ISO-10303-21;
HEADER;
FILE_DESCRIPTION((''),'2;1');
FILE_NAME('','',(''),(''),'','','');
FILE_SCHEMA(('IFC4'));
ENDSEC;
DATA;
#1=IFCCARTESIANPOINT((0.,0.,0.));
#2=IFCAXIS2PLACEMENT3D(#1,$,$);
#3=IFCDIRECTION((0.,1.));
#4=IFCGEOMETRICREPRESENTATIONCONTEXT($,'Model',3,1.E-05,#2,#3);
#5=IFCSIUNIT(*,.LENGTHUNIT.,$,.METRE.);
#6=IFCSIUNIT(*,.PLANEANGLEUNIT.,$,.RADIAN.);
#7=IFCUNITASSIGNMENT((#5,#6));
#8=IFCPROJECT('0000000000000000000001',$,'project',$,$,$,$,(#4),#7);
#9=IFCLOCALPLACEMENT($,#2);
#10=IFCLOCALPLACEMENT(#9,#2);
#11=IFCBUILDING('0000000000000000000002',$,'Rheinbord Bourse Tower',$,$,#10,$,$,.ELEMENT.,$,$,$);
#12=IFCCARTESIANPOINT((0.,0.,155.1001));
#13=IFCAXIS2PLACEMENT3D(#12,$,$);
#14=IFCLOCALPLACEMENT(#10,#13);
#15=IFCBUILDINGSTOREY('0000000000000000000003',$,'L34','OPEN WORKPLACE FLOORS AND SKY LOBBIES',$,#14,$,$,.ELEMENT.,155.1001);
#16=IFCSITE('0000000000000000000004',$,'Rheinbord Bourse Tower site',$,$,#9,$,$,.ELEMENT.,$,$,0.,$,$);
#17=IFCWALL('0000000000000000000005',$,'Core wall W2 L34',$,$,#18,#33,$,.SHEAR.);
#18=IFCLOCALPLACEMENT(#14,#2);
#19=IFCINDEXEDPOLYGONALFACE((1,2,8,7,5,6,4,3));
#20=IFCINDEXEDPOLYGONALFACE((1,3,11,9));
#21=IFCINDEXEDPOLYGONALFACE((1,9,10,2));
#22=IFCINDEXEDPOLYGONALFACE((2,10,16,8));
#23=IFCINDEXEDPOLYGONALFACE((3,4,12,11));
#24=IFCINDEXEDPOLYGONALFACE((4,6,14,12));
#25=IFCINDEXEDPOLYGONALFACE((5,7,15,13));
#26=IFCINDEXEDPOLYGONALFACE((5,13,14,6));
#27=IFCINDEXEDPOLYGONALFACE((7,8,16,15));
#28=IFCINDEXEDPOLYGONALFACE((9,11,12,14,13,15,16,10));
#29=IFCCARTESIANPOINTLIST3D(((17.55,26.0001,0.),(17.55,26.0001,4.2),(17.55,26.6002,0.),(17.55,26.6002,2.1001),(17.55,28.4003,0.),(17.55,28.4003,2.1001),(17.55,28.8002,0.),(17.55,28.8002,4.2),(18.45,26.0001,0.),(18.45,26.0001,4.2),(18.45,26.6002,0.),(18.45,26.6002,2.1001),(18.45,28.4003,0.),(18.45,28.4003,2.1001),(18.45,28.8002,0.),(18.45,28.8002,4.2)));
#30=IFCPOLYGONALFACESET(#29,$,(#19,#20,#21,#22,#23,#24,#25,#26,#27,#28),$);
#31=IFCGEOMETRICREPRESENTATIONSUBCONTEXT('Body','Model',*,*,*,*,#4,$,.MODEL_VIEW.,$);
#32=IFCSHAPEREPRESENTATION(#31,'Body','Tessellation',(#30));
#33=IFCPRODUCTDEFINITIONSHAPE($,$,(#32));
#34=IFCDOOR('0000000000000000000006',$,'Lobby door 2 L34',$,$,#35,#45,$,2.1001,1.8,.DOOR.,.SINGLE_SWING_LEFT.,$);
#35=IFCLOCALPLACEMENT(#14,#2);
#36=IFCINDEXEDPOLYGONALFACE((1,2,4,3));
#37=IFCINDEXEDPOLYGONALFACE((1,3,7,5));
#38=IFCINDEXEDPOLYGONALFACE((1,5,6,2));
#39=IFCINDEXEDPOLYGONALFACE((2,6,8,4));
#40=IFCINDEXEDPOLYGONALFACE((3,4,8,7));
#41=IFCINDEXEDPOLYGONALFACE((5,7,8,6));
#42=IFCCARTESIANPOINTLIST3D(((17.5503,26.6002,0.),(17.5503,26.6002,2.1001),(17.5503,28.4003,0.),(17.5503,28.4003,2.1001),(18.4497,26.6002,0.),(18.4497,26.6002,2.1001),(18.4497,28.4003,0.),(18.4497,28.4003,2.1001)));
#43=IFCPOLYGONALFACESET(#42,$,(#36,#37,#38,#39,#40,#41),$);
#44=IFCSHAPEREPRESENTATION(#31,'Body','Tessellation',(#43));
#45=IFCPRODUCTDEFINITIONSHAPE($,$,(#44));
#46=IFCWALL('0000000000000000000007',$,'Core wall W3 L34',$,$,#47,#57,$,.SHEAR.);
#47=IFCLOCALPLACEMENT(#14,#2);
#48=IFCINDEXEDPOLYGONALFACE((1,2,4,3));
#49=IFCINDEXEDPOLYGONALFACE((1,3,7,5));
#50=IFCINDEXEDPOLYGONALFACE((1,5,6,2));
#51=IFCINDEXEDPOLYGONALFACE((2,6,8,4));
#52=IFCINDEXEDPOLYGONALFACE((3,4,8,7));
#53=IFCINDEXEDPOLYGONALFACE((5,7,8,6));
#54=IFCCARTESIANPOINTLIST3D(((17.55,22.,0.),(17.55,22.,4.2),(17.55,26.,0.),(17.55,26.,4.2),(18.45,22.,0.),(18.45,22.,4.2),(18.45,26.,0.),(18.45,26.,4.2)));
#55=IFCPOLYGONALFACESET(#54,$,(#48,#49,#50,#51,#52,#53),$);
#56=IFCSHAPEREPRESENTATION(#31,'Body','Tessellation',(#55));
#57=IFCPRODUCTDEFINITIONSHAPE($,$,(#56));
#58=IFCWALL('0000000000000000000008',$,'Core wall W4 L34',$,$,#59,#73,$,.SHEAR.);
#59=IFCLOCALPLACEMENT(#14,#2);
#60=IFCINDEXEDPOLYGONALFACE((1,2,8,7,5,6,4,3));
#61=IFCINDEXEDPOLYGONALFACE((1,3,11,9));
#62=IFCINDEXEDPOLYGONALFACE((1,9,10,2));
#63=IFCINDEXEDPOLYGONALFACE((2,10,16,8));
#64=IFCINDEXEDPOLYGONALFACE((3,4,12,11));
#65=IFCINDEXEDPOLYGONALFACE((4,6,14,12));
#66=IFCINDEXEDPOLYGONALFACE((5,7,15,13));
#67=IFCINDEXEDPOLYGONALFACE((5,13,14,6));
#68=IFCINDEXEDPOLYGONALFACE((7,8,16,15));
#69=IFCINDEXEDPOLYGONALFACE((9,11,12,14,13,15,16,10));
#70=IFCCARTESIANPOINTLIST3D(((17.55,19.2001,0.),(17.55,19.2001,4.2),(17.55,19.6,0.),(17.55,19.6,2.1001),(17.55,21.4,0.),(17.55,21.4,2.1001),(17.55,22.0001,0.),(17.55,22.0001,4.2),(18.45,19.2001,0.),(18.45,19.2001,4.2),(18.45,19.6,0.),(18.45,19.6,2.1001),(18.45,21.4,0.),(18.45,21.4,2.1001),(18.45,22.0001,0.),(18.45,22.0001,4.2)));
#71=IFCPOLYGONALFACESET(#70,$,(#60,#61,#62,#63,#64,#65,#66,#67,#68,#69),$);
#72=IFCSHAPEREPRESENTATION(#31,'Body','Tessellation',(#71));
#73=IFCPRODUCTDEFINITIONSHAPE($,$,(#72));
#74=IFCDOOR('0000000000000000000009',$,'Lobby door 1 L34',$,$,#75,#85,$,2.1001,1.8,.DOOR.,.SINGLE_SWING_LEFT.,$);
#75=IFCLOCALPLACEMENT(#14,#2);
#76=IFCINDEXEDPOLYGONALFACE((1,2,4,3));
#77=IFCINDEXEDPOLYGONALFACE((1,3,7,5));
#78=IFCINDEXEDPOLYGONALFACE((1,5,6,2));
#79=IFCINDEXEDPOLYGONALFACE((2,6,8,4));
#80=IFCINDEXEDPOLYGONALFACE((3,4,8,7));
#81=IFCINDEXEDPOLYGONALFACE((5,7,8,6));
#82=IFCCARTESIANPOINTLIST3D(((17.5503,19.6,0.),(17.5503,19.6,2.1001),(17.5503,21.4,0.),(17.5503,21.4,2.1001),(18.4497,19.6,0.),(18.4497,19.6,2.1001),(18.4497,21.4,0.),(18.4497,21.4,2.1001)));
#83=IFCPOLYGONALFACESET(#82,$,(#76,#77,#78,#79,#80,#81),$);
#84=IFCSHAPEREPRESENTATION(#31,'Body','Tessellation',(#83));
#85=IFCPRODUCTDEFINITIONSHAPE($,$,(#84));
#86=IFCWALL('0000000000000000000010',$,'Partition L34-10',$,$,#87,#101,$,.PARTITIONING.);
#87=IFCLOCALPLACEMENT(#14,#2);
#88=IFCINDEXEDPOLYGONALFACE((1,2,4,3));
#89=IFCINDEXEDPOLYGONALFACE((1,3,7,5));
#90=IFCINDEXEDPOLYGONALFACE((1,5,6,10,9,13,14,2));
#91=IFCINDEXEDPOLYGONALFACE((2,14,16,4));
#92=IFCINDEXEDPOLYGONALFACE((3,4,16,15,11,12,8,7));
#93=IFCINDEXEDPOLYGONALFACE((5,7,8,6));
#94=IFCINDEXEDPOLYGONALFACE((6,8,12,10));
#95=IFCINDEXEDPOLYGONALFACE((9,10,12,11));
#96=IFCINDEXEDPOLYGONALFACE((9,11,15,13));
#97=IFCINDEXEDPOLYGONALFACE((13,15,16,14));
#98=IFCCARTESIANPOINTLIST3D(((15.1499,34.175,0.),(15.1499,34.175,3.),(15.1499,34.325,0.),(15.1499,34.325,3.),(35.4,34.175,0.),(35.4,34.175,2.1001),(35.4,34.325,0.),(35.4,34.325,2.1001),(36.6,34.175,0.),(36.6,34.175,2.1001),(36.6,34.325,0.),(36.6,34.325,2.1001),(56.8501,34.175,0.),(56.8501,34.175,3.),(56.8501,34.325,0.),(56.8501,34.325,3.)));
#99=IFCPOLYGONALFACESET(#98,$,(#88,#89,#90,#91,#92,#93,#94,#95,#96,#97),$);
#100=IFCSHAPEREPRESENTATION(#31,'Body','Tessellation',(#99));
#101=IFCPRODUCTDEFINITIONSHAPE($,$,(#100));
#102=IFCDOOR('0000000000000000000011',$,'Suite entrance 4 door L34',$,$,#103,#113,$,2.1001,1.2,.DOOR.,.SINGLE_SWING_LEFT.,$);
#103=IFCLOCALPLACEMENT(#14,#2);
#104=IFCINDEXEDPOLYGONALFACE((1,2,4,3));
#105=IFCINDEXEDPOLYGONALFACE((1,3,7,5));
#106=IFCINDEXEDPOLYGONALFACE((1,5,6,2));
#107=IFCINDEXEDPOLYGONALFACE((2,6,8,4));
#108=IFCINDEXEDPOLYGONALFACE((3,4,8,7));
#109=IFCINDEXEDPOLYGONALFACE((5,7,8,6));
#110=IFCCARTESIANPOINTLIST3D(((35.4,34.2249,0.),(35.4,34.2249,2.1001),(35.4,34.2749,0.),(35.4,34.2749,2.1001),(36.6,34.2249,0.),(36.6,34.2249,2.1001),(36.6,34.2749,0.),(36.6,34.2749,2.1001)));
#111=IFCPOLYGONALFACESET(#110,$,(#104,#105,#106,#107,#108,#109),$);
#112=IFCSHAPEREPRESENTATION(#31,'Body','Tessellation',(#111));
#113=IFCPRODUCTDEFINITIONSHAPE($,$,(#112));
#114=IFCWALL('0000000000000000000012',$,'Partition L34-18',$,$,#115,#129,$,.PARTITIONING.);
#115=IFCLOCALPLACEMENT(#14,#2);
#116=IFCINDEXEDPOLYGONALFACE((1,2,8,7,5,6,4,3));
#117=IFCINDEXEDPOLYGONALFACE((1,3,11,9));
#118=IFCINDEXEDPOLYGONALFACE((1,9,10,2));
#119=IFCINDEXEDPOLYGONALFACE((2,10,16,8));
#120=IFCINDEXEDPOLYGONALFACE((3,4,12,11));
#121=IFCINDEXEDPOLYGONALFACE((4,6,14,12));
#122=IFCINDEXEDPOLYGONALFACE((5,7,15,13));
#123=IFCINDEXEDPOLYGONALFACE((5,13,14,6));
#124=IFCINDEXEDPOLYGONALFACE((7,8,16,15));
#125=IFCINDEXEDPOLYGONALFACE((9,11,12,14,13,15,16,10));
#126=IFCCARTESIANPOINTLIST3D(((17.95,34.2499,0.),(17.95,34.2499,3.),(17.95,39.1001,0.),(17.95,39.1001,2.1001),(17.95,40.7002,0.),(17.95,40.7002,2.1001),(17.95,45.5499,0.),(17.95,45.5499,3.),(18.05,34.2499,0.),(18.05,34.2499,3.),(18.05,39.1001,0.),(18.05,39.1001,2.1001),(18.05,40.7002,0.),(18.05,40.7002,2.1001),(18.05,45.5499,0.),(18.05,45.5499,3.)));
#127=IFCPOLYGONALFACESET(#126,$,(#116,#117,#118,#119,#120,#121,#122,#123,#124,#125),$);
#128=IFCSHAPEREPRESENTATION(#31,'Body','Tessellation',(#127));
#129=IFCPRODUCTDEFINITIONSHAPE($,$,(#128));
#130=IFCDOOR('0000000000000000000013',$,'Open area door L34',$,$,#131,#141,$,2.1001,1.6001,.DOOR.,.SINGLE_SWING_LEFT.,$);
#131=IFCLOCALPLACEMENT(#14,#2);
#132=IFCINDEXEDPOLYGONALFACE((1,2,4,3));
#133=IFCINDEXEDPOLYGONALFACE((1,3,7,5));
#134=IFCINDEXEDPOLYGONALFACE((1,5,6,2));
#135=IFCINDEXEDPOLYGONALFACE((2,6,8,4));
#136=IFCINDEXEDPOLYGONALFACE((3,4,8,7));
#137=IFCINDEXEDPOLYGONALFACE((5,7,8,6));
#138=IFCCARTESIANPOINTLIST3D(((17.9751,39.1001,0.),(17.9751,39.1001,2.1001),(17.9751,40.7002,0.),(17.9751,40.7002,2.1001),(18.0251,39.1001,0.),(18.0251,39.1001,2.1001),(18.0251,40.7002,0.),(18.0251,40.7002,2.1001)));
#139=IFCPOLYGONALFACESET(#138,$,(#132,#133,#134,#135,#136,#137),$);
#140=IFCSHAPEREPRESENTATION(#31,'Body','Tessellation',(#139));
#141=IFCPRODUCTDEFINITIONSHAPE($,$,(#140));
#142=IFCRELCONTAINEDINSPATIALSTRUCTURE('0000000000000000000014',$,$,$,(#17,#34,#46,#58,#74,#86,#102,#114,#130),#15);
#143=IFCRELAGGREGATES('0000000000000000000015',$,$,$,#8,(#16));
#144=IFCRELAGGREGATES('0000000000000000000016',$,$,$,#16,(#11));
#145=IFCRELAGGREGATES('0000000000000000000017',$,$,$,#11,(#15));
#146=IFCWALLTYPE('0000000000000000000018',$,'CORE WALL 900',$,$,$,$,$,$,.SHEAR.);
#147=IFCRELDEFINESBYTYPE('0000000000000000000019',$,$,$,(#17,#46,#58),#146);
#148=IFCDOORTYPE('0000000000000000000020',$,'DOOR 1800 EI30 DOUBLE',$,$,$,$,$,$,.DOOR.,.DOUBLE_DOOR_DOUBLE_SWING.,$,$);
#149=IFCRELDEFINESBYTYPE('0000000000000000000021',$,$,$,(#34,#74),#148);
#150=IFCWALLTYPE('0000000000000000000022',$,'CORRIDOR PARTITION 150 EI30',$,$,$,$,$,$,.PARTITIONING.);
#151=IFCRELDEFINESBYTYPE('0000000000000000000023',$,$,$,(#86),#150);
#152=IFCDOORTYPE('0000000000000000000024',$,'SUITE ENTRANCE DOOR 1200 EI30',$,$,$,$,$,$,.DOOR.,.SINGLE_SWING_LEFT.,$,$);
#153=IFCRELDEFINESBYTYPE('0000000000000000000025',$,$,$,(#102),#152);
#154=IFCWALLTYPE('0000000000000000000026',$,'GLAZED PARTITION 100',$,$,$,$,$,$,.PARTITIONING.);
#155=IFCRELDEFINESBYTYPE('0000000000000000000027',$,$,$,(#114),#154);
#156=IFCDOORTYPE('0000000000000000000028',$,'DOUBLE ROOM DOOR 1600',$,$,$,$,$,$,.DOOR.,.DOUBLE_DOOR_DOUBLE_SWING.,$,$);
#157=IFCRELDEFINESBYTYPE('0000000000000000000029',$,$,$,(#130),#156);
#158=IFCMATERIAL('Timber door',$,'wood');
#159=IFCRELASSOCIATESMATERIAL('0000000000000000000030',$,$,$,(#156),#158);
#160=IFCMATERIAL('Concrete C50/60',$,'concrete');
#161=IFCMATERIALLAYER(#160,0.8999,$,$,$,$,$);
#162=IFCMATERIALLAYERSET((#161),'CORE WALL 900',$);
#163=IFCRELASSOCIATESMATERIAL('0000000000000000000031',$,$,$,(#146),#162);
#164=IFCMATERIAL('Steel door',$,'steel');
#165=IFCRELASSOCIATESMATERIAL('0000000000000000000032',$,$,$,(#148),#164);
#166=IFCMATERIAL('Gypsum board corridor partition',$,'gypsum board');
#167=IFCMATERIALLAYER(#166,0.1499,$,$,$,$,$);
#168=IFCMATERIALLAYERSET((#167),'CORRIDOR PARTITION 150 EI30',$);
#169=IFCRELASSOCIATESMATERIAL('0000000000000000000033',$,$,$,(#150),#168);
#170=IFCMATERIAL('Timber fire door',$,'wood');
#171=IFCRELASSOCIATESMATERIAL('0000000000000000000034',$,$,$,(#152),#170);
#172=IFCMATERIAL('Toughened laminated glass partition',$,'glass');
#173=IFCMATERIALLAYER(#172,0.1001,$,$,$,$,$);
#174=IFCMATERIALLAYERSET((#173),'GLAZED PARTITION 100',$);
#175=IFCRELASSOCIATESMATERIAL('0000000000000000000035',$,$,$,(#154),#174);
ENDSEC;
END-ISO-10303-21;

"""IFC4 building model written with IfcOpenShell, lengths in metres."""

from ifc_helpers import new_model, si_unit, direction, frame, frame_2d, origin, place, context, subcontext, project, spatial, rectangle, extrude, material, layer, layer_set, type_object, element, fill, save


model = new_model("IFC4")

# Units and contexts
model_context = context("Model", 3, precision=1e-05, world=origin(), true_north=direction((0.0, 1.0)))
body_context = subcontext(model_context, "Body", "Model", "MODEL_VIEW")
ifc_project = project(units=[si_unit("LENGTHUNIT", "METRE"), si_unit("PLANEANGLEUNIT", "RADIAN")], contexts=[model_context])

# Site, building, storey
site_placement = place(None, origin())
site = spatial("IfcSite", under=ifc_project, at=site_placement, Name="Rheinbord Bourse Tower site", CompositionType="ELEMENT", RefElevation=0.0)
building_placement = place(site_placement, origin())
building = spatial("IfcBuilding", under=site, at=building_placement, Name="Rheinbord Bourse Tower", CompositionType="ELEMENT")
storey_placement = place(building_placement, frame((0.0, 0.0, 155.1001)))
storey = spatial("IfcBuildingStorey", under=building, at=storey_placement, Name="L34", Description="OPEN WORKPLACE FLOORS AND SKY LOBBIES", CompositionType="ELEMENT", Elevation=155.1001)

# Shared definitions
ifc_material_1 = material(Name="Timber door", Category="wood")
door_type_1 = type_object("IfcDoorType", Name="DOUBLE ROOM DOOR 1600", OperationType="DOUBLE_DOOR_DOUBLE_SWING", PredefinedType="DOOR", material=ifc_material_1)

# Shared definitions
ifc_material_2 = material(Name="Concrete C50/60", Category="concrete")
ifc_layer_1 = layer(ifc_material_2, 0.8999)
ifc_layer_set_1 = layer_set([ifc_layer_1], Name="CORE WALL 900")
wall_type_1 = type_object("IfcWallType", Name="CORE WALL 900", PredefinedType="SHEAR", material=ifc_layer_set_1)

# Wall, opening, door
wall_1_placement = place(storey_placement, frame((18.0, 28.8, 0.0), z_axis=(0.0, 0.0, 1.0), x_axis=(0.0, -1.0, 0.0)))
wall_1 = element("IfcWall", 1, at=wall_1_placement, inside=storey, type_object=wall_type_1, Name="Core wall W2 L34", PredefinedType="SHEAR", context=body_context, shape_type="SweptSolid", body=[
    extrude(rectangle(XDim=2.8, YDim=0.8999, at=frame_2d((1.3999, 0.0))), origin(), (0.0, 0.0, 1.0), 4.2),
])
opening_1_placement = place(wall_1_placement, frame((0.3999, 0.0, 0.0)))
opening_1 = element("IfcOpeningElement", 2, at=opening_1_placement, cuts=wall_1, PredefinedType="OPENING", context=body_context, shape_type="SweptSolid", body=[
    extrude(rectangle(XDim=1.8, YDim=2.1001, at=frame_2d((0.8999, 1.05))), frame((0.0, 0.46, 0.0), z_axis=(0.0, -1.0, 0.0), x_axis=(1.0, 0.0, 0.0)), (0.0, 0.0, 1.0), 0.9199),
])
ifc_material_3 = material(Name="Steel door", Category="steel")
door_type_2 = type_object("IfcDoorType", Name="DOOR 1800 EI30 DOUBLE", OperationType="DOUBLE_DOOR_DOUBLE_SWING", PredefinedType="DOOR", material=ifc_material_3)
door_1_placement = place(opening_1_placement, origin())
door_1 = element("IfcDoor", 3, at=door_1_placement, inside=storey, type_object=door_type_2, Name="Lobby door 2 L34", OperationType="SINGLE_SWING_LEFT", OverallHeight=2.1001, OverallWidth=1.8, PredefinedType="DOOR", context=body_context, shape_type="SweptSolid", body=[
    extrude(rectangle(XDim=1.8, YDim=2.1001, at=frame_2d((0.8999, 1.05))), frame((0.0, 0.4497, 0.0), z_axis=(0.0, -1.0, 0.0), x_axis=(1.0, 0.0, 0.0)), (0.0, 0.0, 1.0), 0.8994),
])
fill(opening_1, door_1)

# Wall
wall_2_placement = place(storey_placement, frame((18.0, 26.0, 0.0), z_axis=(0.0, 0.0, 1.0), x_axis=(0.0, -1.0, 0.0)))
element("IfcWall", 4, at=wall_2_placement, inside=storey, type_object=wall_type_1, Name="Core wall W3 L34", PredefinedType="SHEAR", context=body_context, shape_type="SweptSolid", body=[
    extrude(rectangle(XDim=4.0, YDim=0.8999, at=frame_2d((2.0, 0.0))), origin(), (0.0, 0.0, 1.0), 4.2),
])

# Walls, openings, doors
wall_3_placement = place(storey_placement, frame((18.0, 22.0, 0.0), z_axis=(0.0, 0.0, 1.0), x_axis=(0.0, -1.0, 0.0)))
wall_3 = element("IfcWall", 5, at=wall_3_placement, inside=storey, type_object=wall_type_1, Name="Core wall W4 L34", PredefinedType="SHEAR", context=body_context, shape_type="SweptSolid", body=[
    extrude(rectangle(XDim=2.8, YDim=0.8999, at=frame_2d((1.3999, 0.0))), origin(), (0.0, 0.0, 1.0), 4.2),
])
opening_2_placement = place(wall_3_placement, frame((0.6001, 0.0, 0.0)))
opening_2 = element("IfcOpeningElement", 6, at=opening_2_placement, cuts=wall_3, PredefinedType="OPENING", context=body_context, shape_type="SweptSolid", body=[
    extrude(rectangle(XDim=1.8, YDim=2.1001, at=frame_2d((0.8999, 1.05))), frame((0.0, 0.46, 0.0), z_axis=(0.0, -1.0, 0.0), x_axis=(1.0, 0.0, 0.0)), (0.0, 0.0, 1.0), 0.9199),
])
door_2_placement = place(opening_2_placement, origin())
door_2 = element("IfcDoor", 7, at=door_2_placement, inside=storey, type_object=door_type_2, Name="Lobby door 1 L34", OperationType="SINGLE_SWING_LEFT", OverallHeight=2.1001, OverallWidth=1.8, PredefinedType="DOOR", context=body_context, shape_type="SweptSolid", body=[
    extrude(rectangle(XDim=1.8, YDim=2.1001, at=frame_2d((0.8999, 1.05))), frame((0.0, 0.4497, 0.0), z_axis=(0.0, -1.0, 0.0), x_axis=(1.0, 0.0, 0.0)), (0.0, 0.0, 1.0), 0.8994),
])
fill(opening_2, door_2)
ifc_material_4 = material(Name="Gypsum board corridor partition", Category="gypsum board")
ifc_layer_2 = layer(ifc_material_4, 0.1499)
ifc_layer_set_2 = layer_set([ifc_layer_2], Name="CORRIDOR PARTITION 150 EI30")
wall_type_2 = type_object("IfcWallType", Name="CORRIDOR PARTITION 150 EI30", PredefinedType="PARTITIONING", material=ifc_layer_set_2)
wall_4_placement = place(storey_placement, frame((15.1499, 34.25, 0.0), z_axis=(0.0, 0.0, 1.0), x_axis=(1.0, 0.0, 0.0)))
wall_4 = element("IfcWall", 8, at=wall_4_placement, inside=storey, type_object=wall_type_2, Name="Partition L34-10", PredefinedType="PARTITIONING", context=body_context, shape_type="SweptSolid", body=[
    extrude(rectangle(XDim=41.7002, YDim=0.1499, at=frame_2d((20.8501, 0.0))), origin(), (0.0, 0.0, 1.0), 3.0),
])
opening_3_placement = place(wall_4_placement, frame((20.25, 0.0, 0.0)))
opening_3 = element("IfcOpeningElement", 9, at=opening_3_placement, cuts=wall_4, PredefinedType="OPENING", context=body_context, shape_type="SweptSolid", body=[
    extrude(rectangle(XDim=1.2, YDim=2.1001, at=frame_2d((0.6001, 1.05))), frame((0.0, 0.085, 0.0), z_axis=(0.0, -1.0, 0.0), x_axis=(1.0, 0.0, 0.0)), (0.0, 0.0, 1.0), 0.1699),
])
ifc_material_5 = material(Name="Timber fire door", Category="wood")
door_type_3 = type_object("IfcDoorType", Name="SUITE ENTRANCE DOOR 1200 EI30", OperationType="SINGLE_SWING_LEFT", PredefinedType="DOOR", material=ifc_material_5)
door_3_placement = place(opening_3_placement, origin())
door_3 = element("IfcDoor", 10, at=door_3_placement, inside=storey, type_object=door_type_3, Name="Suite entrance 4 door L34", OperationType="SINGLE_SWING_LEFT", OverallHeight=2.1001, OverallWidth=1.2, PredefinedType="DOOR", context=body_context, shape_type="SweptSolid", body=[
    extrude(rectangle(XDim=1.2, YDim=2.1001, at=frame_2d((0.6001, 1.05))), frame((0.0, 0.0249, 0.0), z_axis=(0.0, -1.0, 0.0), x_axis=(1.0, 0.0, 0.0)), (0.0, 0.0, 1.0), 0.05),
])
fill(opening_3, door_3)
ifc_material_6 = material(Name="Toughened laminated glass partition", Category="glass")
ifc_layer_3 = layer(ifc_material_6, 0.1001)
ifc_layer_set_3 = layer_set([ifc_layer_3], Name="GLAZED PARTITION 100")
wall_type_3 = type_object("IfcWallType", Name="GLAZED PARTITION 100", PredefinedType="PARTITIONING", material=ifc_layer_set_3)
wall_5_placement = place(storey_placement, frame((18.0, 34.25, 0.0), z_axis=(0.0, 0.0, 1.0), x_axis=(0.0, 1.0, 0.0)))
wall_5 = element("IfcWall", 11, at=wall_5_placement, inside=storey, type_object=wall_type_3, Name="Partition L34-18", PredefinedType="PARTITIONING", context=body_context, shape_type="SweptSolid", body=[
    extrude(rectangle(XDim=11.3, YDim=0.1001, at=frame_2d((5.6499, 0.0))), origin(), (0.0, 0.0, 1.0), 3.0),
])
opening_4_placement = place(wall_5_placement, frame((4.8501, 0.0, 0.0)))
opening_4 = element("IfcOpeningElement", 12, at=opening_4_placement, cuts=wall_5, PredefinedType="OPENING", context=body_context, shape_type="SweptSolid", body=[
    extrude(rectangle(XDim=1.6001, YDim=2.1001, at=frame_2d((0.8, 1.05))), frame((0.0, 0.0601, 0.0), z_axis=(0.0, -1.0, 0.0), x_axis=(1.0, 0.0, 0.0)), (0.0, 0.0, 1.0), 0.1201),
])
door_4_placement = place(opening_4_placement, origin())
door_4 = element("IfcDoor", 13, at=door_4_placement, inside=storey, type_object=door_type_1, Name="Open area door L34", OperationType="SINGLE_SWING_LEFT", OverallHeight=2.1001, OverallWidth=1.6001, PredefinedType="DOOR", context=body_context, shape_type="SweptSolid", body=[
    extrude(rectangle(XDim=1.6001, YDim=2.1001, at=frame_2d((0.8, 1.05))), frame((0.0, 0.0249, 0.0), z_axis=(0.0, -1.0, 0.0), x_axis=(1.0, 0.0, 0.0)), (0.0, 0.0, 1.0), 0.05),
])
fill(opening_4, door_4)

save(model, "model.ifc")
